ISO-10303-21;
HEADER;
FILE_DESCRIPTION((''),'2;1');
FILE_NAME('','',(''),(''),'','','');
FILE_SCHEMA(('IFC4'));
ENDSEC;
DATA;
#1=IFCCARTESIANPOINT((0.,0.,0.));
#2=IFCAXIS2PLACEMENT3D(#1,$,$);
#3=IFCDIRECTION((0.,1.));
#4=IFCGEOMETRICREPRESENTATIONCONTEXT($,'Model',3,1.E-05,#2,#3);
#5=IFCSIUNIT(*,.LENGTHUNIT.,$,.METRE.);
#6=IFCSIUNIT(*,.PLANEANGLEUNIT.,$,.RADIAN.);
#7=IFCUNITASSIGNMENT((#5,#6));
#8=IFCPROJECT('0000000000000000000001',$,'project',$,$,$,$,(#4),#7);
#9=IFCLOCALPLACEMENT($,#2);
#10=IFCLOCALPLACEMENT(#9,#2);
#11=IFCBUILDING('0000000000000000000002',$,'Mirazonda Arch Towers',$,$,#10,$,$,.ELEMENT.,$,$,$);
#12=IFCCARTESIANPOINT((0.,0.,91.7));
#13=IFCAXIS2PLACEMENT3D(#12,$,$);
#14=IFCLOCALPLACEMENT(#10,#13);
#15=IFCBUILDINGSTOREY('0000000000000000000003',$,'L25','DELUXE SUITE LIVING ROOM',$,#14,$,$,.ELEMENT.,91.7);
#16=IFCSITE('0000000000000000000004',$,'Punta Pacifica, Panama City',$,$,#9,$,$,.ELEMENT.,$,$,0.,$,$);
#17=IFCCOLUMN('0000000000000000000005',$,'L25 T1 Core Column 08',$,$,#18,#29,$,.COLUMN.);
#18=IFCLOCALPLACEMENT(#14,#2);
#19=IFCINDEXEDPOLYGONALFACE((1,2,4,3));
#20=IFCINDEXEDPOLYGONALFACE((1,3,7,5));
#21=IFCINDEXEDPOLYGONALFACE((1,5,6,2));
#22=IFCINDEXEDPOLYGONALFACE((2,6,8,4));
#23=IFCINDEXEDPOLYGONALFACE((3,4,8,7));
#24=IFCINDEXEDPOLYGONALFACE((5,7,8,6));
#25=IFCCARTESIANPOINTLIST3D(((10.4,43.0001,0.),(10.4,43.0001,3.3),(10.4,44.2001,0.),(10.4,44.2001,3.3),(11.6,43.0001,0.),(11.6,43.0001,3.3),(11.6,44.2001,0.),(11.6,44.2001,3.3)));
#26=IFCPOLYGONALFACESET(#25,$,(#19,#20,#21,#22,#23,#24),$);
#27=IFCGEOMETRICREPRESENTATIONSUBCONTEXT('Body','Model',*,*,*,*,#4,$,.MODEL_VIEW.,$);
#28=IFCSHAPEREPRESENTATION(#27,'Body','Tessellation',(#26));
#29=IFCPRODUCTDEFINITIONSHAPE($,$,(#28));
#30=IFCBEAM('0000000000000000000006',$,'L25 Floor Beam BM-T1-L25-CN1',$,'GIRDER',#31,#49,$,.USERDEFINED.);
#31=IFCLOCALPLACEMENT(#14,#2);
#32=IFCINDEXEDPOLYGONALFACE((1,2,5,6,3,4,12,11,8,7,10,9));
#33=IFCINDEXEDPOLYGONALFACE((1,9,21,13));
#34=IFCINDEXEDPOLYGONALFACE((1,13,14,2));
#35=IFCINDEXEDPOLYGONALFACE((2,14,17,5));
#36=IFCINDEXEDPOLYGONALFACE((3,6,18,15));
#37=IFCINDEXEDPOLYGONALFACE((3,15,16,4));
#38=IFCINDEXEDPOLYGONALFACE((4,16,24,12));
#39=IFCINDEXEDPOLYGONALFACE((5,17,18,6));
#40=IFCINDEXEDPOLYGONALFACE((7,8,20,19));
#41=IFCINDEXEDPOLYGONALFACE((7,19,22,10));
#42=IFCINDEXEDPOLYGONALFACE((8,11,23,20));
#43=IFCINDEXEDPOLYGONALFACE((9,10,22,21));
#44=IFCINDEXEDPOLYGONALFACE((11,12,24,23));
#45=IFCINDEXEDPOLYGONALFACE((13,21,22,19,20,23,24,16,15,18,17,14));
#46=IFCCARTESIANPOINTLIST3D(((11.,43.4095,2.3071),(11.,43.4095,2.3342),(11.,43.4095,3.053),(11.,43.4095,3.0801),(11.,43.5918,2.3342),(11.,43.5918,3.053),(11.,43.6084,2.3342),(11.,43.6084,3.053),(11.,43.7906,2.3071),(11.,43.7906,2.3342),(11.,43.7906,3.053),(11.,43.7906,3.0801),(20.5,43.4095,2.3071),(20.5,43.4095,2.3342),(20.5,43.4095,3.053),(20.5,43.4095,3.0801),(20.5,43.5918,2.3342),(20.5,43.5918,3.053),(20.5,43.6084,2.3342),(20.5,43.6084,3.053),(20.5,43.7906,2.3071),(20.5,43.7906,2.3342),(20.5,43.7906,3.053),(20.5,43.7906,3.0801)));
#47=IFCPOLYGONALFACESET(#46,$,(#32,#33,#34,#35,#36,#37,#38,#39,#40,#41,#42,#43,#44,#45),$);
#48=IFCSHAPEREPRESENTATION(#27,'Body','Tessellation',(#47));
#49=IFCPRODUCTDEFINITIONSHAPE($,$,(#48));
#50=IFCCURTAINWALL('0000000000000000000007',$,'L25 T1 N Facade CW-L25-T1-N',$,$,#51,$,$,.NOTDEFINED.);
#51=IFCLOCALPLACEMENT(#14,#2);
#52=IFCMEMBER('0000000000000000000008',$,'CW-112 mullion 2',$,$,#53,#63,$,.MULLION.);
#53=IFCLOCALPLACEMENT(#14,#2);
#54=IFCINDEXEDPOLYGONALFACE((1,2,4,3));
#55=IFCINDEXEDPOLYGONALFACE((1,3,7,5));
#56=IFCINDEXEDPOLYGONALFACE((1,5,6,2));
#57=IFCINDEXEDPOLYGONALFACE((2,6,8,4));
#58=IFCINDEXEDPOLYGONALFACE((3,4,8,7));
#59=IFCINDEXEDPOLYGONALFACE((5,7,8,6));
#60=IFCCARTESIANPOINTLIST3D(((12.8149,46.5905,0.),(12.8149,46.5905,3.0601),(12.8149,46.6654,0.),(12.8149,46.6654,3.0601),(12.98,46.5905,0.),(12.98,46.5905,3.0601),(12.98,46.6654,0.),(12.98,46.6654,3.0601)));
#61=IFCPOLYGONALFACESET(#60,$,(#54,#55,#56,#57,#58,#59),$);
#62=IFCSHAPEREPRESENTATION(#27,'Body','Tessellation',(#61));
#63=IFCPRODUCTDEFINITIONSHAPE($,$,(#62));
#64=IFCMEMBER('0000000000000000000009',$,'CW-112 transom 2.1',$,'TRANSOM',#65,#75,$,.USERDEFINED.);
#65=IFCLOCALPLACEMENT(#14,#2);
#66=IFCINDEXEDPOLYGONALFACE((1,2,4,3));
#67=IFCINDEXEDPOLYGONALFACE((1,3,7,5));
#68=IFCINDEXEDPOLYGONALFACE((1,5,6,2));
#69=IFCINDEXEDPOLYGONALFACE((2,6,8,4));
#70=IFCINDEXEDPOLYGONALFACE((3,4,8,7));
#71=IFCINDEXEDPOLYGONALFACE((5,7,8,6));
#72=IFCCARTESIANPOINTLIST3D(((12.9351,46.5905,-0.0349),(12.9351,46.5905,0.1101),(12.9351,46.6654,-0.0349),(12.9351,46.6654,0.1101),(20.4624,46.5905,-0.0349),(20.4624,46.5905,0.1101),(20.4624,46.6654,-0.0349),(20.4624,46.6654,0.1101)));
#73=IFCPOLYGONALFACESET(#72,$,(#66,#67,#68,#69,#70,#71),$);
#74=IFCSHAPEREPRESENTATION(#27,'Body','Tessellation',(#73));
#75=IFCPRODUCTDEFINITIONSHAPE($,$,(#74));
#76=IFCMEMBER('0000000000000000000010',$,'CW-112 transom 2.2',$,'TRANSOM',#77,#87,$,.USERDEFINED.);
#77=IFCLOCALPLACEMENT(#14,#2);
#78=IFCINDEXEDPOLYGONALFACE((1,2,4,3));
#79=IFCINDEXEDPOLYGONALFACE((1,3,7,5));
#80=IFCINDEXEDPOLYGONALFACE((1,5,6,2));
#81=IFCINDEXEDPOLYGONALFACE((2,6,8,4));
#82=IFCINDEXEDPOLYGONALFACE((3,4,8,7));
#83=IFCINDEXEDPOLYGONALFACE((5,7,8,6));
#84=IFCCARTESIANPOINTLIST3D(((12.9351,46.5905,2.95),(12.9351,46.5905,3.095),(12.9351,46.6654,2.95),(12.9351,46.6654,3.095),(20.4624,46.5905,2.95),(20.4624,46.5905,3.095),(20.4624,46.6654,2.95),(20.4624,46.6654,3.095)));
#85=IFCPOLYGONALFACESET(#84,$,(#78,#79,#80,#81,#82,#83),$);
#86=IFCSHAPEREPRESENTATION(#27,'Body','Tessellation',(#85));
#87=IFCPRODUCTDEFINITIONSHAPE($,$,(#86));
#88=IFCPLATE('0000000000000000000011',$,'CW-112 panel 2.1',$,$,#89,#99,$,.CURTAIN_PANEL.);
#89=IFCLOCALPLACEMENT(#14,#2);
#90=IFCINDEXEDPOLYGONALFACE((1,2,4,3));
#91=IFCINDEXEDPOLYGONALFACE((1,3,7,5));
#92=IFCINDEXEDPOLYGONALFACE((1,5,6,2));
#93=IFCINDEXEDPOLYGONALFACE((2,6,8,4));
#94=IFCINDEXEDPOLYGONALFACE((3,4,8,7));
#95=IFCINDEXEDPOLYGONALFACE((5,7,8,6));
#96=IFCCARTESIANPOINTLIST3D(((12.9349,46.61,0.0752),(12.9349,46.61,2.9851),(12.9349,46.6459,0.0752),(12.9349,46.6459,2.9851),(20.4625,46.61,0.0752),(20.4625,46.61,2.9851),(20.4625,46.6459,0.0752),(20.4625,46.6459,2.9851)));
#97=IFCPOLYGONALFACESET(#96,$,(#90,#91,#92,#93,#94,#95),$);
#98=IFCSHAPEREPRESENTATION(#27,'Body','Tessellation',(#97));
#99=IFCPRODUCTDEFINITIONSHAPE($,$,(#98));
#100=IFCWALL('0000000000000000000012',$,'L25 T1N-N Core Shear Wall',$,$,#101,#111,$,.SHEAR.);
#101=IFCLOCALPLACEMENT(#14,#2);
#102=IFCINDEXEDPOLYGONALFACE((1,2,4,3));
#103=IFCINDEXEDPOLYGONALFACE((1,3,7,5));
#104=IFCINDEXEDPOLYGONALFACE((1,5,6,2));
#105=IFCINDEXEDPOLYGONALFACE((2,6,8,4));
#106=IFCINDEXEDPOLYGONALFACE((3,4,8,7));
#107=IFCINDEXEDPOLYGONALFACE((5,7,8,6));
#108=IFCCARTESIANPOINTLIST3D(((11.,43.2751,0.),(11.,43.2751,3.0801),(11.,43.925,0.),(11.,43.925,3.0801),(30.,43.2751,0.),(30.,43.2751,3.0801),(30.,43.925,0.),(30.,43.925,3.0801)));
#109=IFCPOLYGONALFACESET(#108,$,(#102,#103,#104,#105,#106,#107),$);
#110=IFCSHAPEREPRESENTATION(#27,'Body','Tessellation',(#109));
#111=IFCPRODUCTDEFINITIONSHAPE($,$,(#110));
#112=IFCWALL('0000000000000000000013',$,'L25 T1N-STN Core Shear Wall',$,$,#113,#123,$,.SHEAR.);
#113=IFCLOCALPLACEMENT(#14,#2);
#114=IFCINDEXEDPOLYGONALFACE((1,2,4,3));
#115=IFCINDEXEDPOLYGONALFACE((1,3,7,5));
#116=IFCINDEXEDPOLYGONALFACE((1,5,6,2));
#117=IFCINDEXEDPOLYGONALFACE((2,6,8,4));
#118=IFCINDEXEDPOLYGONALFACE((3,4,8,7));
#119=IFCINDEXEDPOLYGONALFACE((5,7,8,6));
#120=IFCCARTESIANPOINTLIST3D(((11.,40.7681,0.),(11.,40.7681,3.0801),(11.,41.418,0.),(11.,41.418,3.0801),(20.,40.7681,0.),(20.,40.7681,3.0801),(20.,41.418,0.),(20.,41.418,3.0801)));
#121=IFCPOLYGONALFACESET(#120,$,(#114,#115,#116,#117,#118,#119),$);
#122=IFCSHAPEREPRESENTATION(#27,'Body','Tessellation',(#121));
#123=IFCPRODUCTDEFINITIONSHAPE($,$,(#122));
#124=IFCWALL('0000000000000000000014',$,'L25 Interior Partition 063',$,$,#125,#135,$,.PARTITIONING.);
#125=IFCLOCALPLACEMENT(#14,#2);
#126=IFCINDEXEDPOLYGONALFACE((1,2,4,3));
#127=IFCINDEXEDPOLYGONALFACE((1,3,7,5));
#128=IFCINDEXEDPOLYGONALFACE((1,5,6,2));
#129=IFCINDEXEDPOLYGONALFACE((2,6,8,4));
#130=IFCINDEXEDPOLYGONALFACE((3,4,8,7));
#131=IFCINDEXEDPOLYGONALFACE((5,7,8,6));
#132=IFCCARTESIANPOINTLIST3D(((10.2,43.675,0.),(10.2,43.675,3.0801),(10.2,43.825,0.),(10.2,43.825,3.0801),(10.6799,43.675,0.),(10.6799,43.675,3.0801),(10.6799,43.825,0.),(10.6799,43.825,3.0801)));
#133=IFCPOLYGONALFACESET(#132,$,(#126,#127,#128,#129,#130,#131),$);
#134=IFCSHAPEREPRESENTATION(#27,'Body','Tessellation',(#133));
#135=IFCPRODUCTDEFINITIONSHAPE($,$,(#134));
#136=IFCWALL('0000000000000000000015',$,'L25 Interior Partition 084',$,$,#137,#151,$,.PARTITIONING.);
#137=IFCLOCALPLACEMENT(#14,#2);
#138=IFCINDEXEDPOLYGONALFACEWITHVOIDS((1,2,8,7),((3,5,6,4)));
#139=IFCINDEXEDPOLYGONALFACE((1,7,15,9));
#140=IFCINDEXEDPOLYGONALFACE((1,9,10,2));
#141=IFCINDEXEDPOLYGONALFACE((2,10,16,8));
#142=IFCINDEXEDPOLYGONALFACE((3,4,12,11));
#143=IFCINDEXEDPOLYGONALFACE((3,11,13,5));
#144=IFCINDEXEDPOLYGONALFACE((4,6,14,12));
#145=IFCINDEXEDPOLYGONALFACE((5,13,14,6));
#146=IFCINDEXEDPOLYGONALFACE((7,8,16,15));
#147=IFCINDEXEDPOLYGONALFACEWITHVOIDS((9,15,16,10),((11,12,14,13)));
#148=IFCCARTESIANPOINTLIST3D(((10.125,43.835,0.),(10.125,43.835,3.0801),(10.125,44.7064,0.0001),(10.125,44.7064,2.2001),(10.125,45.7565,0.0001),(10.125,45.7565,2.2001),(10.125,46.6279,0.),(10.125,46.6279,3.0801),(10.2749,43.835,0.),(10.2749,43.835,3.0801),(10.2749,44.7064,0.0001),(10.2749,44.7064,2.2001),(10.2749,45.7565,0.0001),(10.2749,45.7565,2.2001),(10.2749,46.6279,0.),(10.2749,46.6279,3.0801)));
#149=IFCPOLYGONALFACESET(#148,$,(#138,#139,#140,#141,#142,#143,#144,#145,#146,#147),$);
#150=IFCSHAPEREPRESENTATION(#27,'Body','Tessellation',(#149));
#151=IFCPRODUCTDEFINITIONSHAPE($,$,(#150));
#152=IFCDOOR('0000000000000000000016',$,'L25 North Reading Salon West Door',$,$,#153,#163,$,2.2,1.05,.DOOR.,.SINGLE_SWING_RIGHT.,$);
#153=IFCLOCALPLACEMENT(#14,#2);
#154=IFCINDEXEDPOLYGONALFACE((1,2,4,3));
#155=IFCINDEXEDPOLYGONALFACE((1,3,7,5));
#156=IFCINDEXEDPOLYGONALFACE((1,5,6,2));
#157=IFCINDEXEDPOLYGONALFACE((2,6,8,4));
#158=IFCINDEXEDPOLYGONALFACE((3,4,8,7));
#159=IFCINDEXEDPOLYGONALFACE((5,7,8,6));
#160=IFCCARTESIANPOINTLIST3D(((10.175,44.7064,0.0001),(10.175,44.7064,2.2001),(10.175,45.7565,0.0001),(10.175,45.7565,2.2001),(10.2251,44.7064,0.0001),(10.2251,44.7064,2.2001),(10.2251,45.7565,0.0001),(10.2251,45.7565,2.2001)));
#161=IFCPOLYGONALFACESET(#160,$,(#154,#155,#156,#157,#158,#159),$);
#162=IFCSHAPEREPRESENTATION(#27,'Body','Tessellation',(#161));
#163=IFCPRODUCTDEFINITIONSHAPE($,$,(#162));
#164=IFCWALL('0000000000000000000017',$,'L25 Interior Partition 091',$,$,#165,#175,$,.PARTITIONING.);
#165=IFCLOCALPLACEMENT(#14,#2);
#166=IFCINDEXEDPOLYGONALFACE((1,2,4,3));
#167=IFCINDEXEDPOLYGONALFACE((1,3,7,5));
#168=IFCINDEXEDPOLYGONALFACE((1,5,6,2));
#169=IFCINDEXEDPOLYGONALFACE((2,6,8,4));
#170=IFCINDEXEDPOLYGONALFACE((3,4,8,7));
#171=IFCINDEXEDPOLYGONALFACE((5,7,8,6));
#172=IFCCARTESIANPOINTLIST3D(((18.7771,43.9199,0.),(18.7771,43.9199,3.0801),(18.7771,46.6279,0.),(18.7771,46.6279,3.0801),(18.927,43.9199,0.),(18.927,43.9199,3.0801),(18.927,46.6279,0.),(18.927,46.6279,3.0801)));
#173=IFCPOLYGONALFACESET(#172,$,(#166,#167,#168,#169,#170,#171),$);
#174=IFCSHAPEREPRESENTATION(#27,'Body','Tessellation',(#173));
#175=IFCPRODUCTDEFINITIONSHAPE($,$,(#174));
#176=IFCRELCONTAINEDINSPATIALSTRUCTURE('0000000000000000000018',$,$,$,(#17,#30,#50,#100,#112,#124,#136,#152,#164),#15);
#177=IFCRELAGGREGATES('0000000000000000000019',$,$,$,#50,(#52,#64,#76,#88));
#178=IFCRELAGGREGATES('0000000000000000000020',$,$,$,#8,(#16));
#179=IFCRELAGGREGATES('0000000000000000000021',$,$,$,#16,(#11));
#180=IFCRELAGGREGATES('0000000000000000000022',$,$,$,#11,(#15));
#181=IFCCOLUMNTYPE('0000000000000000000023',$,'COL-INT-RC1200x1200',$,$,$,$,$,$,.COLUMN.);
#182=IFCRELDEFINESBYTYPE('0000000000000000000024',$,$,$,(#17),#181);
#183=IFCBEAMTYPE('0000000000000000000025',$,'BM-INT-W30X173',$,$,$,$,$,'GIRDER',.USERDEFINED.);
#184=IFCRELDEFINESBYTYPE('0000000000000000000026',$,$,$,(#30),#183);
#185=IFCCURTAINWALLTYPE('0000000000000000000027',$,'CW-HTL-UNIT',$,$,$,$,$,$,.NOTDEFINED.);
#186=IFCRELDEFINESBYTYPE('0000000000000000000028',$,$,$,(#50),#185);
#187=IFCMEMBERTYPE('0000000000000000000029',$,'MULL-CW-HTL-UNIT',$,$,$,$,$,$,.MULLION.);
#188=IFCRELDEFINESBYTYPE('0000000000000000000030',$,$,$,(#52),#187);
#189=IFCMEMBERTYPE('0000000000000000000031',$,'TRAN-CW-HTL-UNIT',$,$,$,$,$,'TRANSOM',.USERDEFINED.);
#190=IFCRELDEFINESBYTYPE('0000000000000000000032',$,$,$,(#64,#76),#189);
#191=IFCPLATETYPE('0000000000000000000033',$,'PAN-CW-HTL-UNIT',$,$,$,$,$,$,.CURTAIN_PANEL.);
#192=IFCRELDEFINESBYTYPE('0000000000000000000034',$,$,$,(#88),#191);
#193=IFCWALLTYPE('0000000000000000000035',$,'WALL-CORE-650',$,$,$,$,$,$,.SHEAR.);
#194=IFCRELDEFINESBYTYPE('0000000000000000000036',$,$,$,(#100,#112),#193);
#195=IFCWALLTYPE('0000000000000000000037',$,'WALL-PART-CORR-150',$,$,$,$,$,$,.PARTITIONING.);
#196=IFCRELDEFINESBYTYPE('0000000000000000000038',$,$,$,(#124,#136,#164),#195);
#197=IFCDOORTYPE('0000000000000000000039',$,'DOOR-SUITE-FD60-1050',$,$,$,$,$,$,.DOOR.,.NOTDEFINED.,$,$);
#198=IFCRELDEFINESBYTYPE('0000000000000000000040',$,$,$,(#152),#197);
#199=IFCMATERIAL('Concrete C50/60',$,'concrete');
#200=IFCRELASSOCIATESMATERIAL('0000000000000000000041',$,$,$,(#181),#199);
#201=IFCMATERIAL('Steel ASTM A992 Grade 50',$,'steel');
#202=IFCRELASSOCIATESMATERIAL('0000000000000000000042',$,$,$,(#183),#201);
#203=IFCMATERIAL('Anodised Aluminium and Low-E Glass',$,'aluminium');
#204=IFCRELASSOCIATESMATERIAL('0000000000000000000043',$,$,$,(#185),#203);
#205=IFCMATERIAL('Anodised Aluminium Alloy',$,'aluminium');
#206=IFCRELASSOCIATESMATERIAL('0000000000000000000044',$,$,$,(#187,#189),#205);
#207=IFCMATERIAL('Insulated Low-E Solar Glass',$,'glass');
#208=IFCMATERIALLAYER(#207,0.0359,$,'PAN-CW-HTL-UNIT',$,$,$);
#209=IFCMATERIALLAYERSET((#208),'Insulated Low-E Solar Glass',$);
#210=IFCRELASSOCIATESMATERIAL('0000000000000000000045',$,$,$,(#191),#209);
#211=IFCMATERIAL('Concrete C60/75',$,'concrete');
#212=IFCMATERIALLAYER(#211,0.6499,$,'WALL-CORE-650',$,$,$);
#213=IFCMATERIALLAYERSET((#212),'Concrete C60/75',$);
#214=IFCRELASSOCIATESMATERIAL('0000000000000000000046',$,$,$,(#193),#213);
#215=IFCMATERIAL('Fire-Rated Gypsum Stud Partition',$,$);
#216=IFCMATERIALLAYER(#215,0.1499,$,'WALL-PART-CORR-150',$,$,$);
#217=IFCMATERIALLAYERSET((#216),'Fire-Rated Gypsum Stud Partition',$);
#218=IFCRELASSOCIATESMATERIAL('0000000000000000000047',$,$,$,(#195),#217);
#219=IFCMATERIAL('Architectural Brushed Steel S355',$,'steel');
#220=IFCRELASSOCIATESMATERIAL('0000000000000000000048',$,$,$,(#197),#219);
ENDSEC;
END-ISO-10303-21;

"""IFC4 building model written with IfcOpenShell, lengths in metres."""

from ifc_helpers import new_model, si_unit, direction, frame, frame_2d, origin, origin_2d, place, context, subcontext, project, spatial, rectangle, i_section, extrude, material, layer, layer_set, material_profile, profile_set, type_object, element, fill, aggregate, save


model = new_model("IFC4")

# Units and contexts
model_context = context("Model", 3, precision=1e-05, world=origin(), true_north=direction((0.0, 1.0)))
body_context = subcontext(model_context, "Body", "Model", "MODEL_VIEW")
ifc_project = project(units=[si_unit("LENGTHUNIT", "METRE"), si_unit("PLANEANGLEUNIT", "RADIAN")], contexts=[model_context])

# Site, building, storey
site_placement = place(None, origin())
site = spatial("IfcSite", under=ifc_project, at=site_placement, Name="Punta Pacifica, Panama City", CompositionType="ELEMENT", RefElevation=0.0)
building_placement = place(site_placement, origin())
building = spatial("IfcBuilding", under=site, at=building_placement, Name="Mirazonda Arch Towers", CompositionType="ELEMENT")
storey_placement = place(building_placement, frame((0.0, 0.0, 91.7)))
storey = spatial("IfcBuildingStorey", under=building, at=storey_placement, Name="L25", Description="DELUXE SUITE LIVING ROOM", CompositionType="ELEMENT", Elevation=91.7)

# Column
ifc_material_1 = material(Name="Concrete C50/60", Category="concrete")
ifc_material_profile_1 = material_profile(ifc_material_1, rectangle(XDim=1.2, YDim=1.2, at=origin_2d()), Name="RC1200x1200")
ifc_profile_set_1 = profile_set([ifc_material_profile_1], Name="Concrete C50/60")
column_type = type_object("IfcColumnType", Name="COL-INT-RC1200x1200", PredefinedType="COLUMN", material=ifc_profile_set_1)
column_placement = place(storey_placement, frame((11.0, 43.6001, 0.0), z_axis=(0.0, 0.0, 1.0), x_axis=(1.0, 0.0, 0.0)))
element("IfcColumn", 1, at=column_placement, inside=storey, type_object=column_type, Name="L25 T1 Core Column 08", PredefinedType="COLUMN", context=body_context, shape_type="SweptSolid", body=[
    extrude(rectangle(XDim=1.2, YDim=1.2, at=origin_2d()), origin(), (0.0, 0.0, 1.0), 3.3),
])

# Beam
ifc_material_2 = material(Name="Steel ASTM A992 Grade 50", Category="steel")
ifc_material_profile_2 = material_profile(ifc_material_2, i_section(OverallWidth=0.3811, OverallDepth=0.7729, WebThickness=0.0166, FlangeThickness=0.0271, at=origin_2d()), Name="W30X173")
ifc_profile_set_2 = profile_set([ifc_material_profile_2], Name="Steel ASTM A992 Grade 50")
beam_type = type_object("IfcBeamType", Name="BM-INT-W30X173", ElementType="GIRDER", PredefinedType="USERDEFINED", material=ifc_profile_set_2)
beam_placement = place(storey_placement, frame((11.0, 43.6001, 2.6936), z_axis=(1.0, 0.0, 0.0), x_axis=(0.0, 1.0, 0.0)))
element("IfcBeam", 2, at=beam_placement, inside=storey, type_object=beam_type, Name="L25 Floor Beam BM-T1-L25-CN1", ObjectType="GIRDER", PredefinedType="USERDEFINED", context=body_context, shape_type="SweptSolid", body=[
    extrude(i_section(OverallWidth=0.3811, OverallDepth=0.7729, WebThickness=0.0166, FlangeThickness=0.0271, at=origin_2d()), origin(), (0.0, 0.0, 1.0), 9.5),
])

# Curtain wall, members, plate
ifc_material_3 = material(Name="Anodised Aluminium and Low-E Glass", Category="aluminium")
curtain_wall_type = type_object("IfcCurtainWallType", Name="CW-HTL-UNIT", PredefinedType="NOTDEFINED", material=ifc_material_3)
curtain_wall_placement = place(storey_placement, origin())
curtain_wall = element("IfcCurtainWall", 3, at=curtain_wall_placement, inside=storey, type_object=curtain_wall_type, Name="L25 T1 N Facade CW-L25-T1-N", PredefinedType="NOTDEFINED")
ifc_material_4 = material(Name="Anodised Aluminium Alloy", Category="aluminium")
ifc_material_profile_3 = material_profile(ifc_material_4, rectangle(XDim=0.075, YDim=0.165, at=origin_2d()), Name="ALU-MULL-75x165")
ifc_profile_set_3 = profile_set([ifc_material_profile_3], Name="Anodised Aluminium Alloy")
member_type_1 = type_object("IfcMemberType", Name="MULL-CW-HTL-UNIT", PredefinedType="MULLION", material=ifc_profile_set_3)
member_1_placement = place(storey_placement, frame((12.8975, 46.6279, 0.0), z_axis=(0.0, 0.0, 1.0), x_axis=(0.0, 1.0, 0.0)))
member_1 = element("IfcMember", 4, at=member_1_placement, type_object=member_type_1, Name="CW-112 mullion 2", PredefinedType="MULLION", context=body_context, shape_type="SweptSolid", body=[
    extrude(rectangle(XDim=0.075, YDim=0.165, at=origin_2d()), origin(), (0.0, 0.0, 1.0), 3.0601),
])
ifc_material_profile_4 = material_profile(ifc_material_4, rectangle(XDim=0.075, YDim=0.145, at=origin_2d()), Name="ALU-TRAN-75x145")
ifc_profile_set_4 = profile_set([ifc_material_profile_4], Name="Anodised Aluminium Alloy")
member_type_2 = type_object("IfcMemberType", Name="TRAN-CW-HTL-UNIT", ElementType="TRANSOM", PredefinedType="USERDEFINED", material=ifc_profile_set_4)
member_2_placement = place(storey_placement, frame((12.9351, 46.6279, 0.0376), z_axis=(1.0, 0.0, 0.0), x_axis=(0.0, 1.0, 0.0)))
member_2 = element("IfcMember", 5, at=member_2_placement, type_object=member_type_2, Name="CW-112 transom 2.1", ObjectType="TRANSOM", PredefinedType="USERDEFINED", context=body_context, shape_type="SweptSolid", body=[
    extrude(rectangle(XDim=0.075, YDim=0.145, at=origin_2d()), origin(), (0.0, 0.0, 1.0), 7.5273),
])
member_3_placement = place(storey_placement, frame((12.9351, 46.6279, 3.0225), z_axis=(1.0, 0.0, 0.0), x_axis=(0.0, 1.0, 0.0)))
member_3 = element("IfcMember", 6, at=member_3_placement, type_object=member_type_2, Name="CW-112 transom 2.2", ObjectType="TRANSOM", PredefinedType="USERDEFINED", context=body_context, shape_type="SweptSolid", body=[
    extrude(rectangle(XDim=0.075, YDim=0.145, at=origin_2d()), origin(), (0.0, 0.0, 1.0), 7.5273),
])
ifc_material_5 = material(Name="Insulated Low-E Solar Glass", Category="glass")
ifc_layer_1 = layer(ifc_material_5, 0.0359, Name="PAN-CW-HTL-UNIT")
ifc_layer_set_1 = layer_set([ifc_layer_1], Name="Insulated Low-E Solar Glass")
plate_type = type_object("IfcPlateType", Name="PAN-CW-HTL-UNIT", PredefinedType="CURTAIN_PANEL", material=ifc_layer_set_1)
plate_placement = place(storey_placement, frame((16.6987, 46.6279, 0.0752), z_axis=(0.0, 0.0, 1.0), x_axis=(1.0, 0.0, 0.0)))
plate = element("IfcPlate", 7, at=plate_placement, type_object=plate_type, Name="CW-112 panel 2.1", PredefinedType="CURTAIN_PANEL", context=body_context, shape_type="SweptSolid", body=[
    extrude(rectangle(XDim=7.5276, YDim=0.0359, at=origin_2d()), origin(), (0.0, 0.0, 1.0), 2.9099),
])
aggregate(curtain_wall, [member_1, member_2, member_3, plate])

# Walls
ifc_material_6 = material(Name="Concrete C60/75", Category="concrete")
ifc_layer_2 = layer(ifc_material_6, 0.6499, Name="WALL-CORE-650")
ifc_layer_set_2 = layer_set([ifc_layer_2], Name="Concrete C60/75")
wall_type_1 = type_object("IfcWallType", Name="WALL-CORE-650", PredefinedType="SHEAR", material=ifc_layer_set_2)
wall_1_placement = place(storey_placement, frame((11.0, 43.6001, 0.0), z_axis=(0.0, 0.0, 1.0), x_axis=(1.0, 0.0, 0.0)))
element("IfcWall", 8, at=wall_1_placement, inside=storey, type_object=wall_type_1, Name="L25 T1N-N Core Shear Wall", PredefinedType="SHEAR", context=body_context, shape_type="SweptSolid", body=[
    extrude(rectangle(XDim=19.0, YDim=0.6499, at=frame_2d((9.5, 0.0))), origin(), (0.0, 0.0, 1.0), 3.0801),
])
wall_2_placement = place(storey_placement, frame((11.0, 41.093, 0.0), z_axis=(0.0, 0.0, 1.0), x_axis=(1.0, 0.0, 0.0)))
element("IfcWall", 9, at=wall_2_placement, inside=storey, type_object=wall_type_1, Name="L25 T1N-STN Core Shear Wall", PredefinedType="SHEAR", context=body_context, shape_type="SweptSolid", body=[
    extrude(rectangle(XDim=9.0, YDim=0.6499, at=frame_2d((4.5, 0.0))), origin(), (0.0, 0.0, 1.0), 3.0801),
])
ifc_material_7 = material(Name="Fire-Rated Gypsum Stud Partition")
ifc_layer_3 = layer(ifc_material_7, 0.1499, Name="WALL-PART-CORR-150")
ifc_layer_set_3 = layer_set([ifc_layer_3], Name="Fire-Rated Gypsum Stud Partition")
wall_type_2 = type_object("IfcWallType", Name="WALL-PART-CORR-150", PredefinedType="PARTITIONING", material=ifc_layer_set_3)
wall_3_placement = place(storey_placement, frame((10.2, 43.75, 0.0), z_axis=(0.0, 0.0, 1.0), x_axis=(1.0, 0.0, 0.0)))
element("IfcWall", 10, at=wall_3_placement, inside=storey, type_object=wall_type_2, Name="L25 Interior Partition 063", PredefinedType="PARTITIONING", context=body_context, shape_type="SweptSolid", body=[
    extrude(rectangle(XDim=0.48, YDim=0.1499, at=frame_2d((0.24, 0.0))), origin(), (0.0, 0.0, 1.0), 3.0801),
])

# Wall, opening, door
wall_4_placement = place(storey_placement, frame((10.2, 43.835, 0.0), z_axis=(0.0, 0.0, 1.0), x_axis=(0.0, 1.0, 0.0)))
wall_4 = element("IfcWall", 11, at=wall_4_placement, inside=storey, type_object=wall_type_2, Name="L25 Interior Partition 084", PredefinedType="PARTITIONING", context=body_context, shape_type="SweptSolid", body=[
    extrude(rectangle(XDim=2.793, YDim=0.1499, at=frame_2d((1.3965, 0.0))), origin(), (0.0, 0.0, 1.0), 3.0801),
])
opening_placement = place(wall_4_placement, frame((0.8716, 0.0, 0.0)))
opening = element("IfcOpeningElement", 12, at=opening_placement, cuts=wall_4, PredefinedType="OPENING", context=body_context, shape_type="SweptSolid", body=[
    extrude(rectangle(XDim=1.05, YDim=2.2, at=frame_2d((0.5249, 1.1001))), frame((0.0, 0.085, 0.0), z_axis=(0.0, -1.0, 0.0), x_axis=(1.0, 0.0, 0.0)), (0.0, 0.0, 1.0), 0.1699),
])
ifc_material_8 = material(Name="Architectural Brushed Steel S355", Category="steel")
door_type = type_object("IfcDoorType", Name="DOOR-SUITE-FD60-1050", OperationType="NOTDEFINED", PredefinedType="DOOR", material=ifc_material_8)
door_placement = place(opening_placement, origin())
door = element("IfcDoor", 13, at=door_placement, inside=storey, type_object=door_type, Name="L25 North Reading Salon West Door", OperationType="SINGLE_SWING_RIGHT", OverallHeight=2.2, OverallWidth=1.05, PredefinedType="DOOR", context=body_context, shape_type="SweptSolid", body=[
    extrude(rectangle(XDim=1.05, YDim=2.2, at=frame_2d((0.5249, 1.1001))), frame((0.0, 0.0249, 0.0), z_axis=(0.0, -1.0, 0.0), x_axis=(1.0, 0.0, 0.0)), (0.0, 0.0, 1.0), 0.05),
])
fill(opening, door)

# Wall
wall_5_placement = place(storey_placement, frame((18.8521, 43.9199, 0.0), z_axis=(0.0, 0.0, 1.0), x_axis=(0.0, 1.0, 0.0)))
element("IfcWall", 14, at=wall_5_placement, inside=storey, type_object=wall_type_2, Name="L25 Interior Partition 091", PredefinedType="PARTITIONING", context=body_context, shape_type="SweptSolid", body=[
    extrude(rectangle(XDim=2.708, YDim=0.1499, at=frame_2d((1.354, 0.0))), origin(), (0.0, 0.0, 1.0), 3.0801),
])

save(model, "model.ifc")
